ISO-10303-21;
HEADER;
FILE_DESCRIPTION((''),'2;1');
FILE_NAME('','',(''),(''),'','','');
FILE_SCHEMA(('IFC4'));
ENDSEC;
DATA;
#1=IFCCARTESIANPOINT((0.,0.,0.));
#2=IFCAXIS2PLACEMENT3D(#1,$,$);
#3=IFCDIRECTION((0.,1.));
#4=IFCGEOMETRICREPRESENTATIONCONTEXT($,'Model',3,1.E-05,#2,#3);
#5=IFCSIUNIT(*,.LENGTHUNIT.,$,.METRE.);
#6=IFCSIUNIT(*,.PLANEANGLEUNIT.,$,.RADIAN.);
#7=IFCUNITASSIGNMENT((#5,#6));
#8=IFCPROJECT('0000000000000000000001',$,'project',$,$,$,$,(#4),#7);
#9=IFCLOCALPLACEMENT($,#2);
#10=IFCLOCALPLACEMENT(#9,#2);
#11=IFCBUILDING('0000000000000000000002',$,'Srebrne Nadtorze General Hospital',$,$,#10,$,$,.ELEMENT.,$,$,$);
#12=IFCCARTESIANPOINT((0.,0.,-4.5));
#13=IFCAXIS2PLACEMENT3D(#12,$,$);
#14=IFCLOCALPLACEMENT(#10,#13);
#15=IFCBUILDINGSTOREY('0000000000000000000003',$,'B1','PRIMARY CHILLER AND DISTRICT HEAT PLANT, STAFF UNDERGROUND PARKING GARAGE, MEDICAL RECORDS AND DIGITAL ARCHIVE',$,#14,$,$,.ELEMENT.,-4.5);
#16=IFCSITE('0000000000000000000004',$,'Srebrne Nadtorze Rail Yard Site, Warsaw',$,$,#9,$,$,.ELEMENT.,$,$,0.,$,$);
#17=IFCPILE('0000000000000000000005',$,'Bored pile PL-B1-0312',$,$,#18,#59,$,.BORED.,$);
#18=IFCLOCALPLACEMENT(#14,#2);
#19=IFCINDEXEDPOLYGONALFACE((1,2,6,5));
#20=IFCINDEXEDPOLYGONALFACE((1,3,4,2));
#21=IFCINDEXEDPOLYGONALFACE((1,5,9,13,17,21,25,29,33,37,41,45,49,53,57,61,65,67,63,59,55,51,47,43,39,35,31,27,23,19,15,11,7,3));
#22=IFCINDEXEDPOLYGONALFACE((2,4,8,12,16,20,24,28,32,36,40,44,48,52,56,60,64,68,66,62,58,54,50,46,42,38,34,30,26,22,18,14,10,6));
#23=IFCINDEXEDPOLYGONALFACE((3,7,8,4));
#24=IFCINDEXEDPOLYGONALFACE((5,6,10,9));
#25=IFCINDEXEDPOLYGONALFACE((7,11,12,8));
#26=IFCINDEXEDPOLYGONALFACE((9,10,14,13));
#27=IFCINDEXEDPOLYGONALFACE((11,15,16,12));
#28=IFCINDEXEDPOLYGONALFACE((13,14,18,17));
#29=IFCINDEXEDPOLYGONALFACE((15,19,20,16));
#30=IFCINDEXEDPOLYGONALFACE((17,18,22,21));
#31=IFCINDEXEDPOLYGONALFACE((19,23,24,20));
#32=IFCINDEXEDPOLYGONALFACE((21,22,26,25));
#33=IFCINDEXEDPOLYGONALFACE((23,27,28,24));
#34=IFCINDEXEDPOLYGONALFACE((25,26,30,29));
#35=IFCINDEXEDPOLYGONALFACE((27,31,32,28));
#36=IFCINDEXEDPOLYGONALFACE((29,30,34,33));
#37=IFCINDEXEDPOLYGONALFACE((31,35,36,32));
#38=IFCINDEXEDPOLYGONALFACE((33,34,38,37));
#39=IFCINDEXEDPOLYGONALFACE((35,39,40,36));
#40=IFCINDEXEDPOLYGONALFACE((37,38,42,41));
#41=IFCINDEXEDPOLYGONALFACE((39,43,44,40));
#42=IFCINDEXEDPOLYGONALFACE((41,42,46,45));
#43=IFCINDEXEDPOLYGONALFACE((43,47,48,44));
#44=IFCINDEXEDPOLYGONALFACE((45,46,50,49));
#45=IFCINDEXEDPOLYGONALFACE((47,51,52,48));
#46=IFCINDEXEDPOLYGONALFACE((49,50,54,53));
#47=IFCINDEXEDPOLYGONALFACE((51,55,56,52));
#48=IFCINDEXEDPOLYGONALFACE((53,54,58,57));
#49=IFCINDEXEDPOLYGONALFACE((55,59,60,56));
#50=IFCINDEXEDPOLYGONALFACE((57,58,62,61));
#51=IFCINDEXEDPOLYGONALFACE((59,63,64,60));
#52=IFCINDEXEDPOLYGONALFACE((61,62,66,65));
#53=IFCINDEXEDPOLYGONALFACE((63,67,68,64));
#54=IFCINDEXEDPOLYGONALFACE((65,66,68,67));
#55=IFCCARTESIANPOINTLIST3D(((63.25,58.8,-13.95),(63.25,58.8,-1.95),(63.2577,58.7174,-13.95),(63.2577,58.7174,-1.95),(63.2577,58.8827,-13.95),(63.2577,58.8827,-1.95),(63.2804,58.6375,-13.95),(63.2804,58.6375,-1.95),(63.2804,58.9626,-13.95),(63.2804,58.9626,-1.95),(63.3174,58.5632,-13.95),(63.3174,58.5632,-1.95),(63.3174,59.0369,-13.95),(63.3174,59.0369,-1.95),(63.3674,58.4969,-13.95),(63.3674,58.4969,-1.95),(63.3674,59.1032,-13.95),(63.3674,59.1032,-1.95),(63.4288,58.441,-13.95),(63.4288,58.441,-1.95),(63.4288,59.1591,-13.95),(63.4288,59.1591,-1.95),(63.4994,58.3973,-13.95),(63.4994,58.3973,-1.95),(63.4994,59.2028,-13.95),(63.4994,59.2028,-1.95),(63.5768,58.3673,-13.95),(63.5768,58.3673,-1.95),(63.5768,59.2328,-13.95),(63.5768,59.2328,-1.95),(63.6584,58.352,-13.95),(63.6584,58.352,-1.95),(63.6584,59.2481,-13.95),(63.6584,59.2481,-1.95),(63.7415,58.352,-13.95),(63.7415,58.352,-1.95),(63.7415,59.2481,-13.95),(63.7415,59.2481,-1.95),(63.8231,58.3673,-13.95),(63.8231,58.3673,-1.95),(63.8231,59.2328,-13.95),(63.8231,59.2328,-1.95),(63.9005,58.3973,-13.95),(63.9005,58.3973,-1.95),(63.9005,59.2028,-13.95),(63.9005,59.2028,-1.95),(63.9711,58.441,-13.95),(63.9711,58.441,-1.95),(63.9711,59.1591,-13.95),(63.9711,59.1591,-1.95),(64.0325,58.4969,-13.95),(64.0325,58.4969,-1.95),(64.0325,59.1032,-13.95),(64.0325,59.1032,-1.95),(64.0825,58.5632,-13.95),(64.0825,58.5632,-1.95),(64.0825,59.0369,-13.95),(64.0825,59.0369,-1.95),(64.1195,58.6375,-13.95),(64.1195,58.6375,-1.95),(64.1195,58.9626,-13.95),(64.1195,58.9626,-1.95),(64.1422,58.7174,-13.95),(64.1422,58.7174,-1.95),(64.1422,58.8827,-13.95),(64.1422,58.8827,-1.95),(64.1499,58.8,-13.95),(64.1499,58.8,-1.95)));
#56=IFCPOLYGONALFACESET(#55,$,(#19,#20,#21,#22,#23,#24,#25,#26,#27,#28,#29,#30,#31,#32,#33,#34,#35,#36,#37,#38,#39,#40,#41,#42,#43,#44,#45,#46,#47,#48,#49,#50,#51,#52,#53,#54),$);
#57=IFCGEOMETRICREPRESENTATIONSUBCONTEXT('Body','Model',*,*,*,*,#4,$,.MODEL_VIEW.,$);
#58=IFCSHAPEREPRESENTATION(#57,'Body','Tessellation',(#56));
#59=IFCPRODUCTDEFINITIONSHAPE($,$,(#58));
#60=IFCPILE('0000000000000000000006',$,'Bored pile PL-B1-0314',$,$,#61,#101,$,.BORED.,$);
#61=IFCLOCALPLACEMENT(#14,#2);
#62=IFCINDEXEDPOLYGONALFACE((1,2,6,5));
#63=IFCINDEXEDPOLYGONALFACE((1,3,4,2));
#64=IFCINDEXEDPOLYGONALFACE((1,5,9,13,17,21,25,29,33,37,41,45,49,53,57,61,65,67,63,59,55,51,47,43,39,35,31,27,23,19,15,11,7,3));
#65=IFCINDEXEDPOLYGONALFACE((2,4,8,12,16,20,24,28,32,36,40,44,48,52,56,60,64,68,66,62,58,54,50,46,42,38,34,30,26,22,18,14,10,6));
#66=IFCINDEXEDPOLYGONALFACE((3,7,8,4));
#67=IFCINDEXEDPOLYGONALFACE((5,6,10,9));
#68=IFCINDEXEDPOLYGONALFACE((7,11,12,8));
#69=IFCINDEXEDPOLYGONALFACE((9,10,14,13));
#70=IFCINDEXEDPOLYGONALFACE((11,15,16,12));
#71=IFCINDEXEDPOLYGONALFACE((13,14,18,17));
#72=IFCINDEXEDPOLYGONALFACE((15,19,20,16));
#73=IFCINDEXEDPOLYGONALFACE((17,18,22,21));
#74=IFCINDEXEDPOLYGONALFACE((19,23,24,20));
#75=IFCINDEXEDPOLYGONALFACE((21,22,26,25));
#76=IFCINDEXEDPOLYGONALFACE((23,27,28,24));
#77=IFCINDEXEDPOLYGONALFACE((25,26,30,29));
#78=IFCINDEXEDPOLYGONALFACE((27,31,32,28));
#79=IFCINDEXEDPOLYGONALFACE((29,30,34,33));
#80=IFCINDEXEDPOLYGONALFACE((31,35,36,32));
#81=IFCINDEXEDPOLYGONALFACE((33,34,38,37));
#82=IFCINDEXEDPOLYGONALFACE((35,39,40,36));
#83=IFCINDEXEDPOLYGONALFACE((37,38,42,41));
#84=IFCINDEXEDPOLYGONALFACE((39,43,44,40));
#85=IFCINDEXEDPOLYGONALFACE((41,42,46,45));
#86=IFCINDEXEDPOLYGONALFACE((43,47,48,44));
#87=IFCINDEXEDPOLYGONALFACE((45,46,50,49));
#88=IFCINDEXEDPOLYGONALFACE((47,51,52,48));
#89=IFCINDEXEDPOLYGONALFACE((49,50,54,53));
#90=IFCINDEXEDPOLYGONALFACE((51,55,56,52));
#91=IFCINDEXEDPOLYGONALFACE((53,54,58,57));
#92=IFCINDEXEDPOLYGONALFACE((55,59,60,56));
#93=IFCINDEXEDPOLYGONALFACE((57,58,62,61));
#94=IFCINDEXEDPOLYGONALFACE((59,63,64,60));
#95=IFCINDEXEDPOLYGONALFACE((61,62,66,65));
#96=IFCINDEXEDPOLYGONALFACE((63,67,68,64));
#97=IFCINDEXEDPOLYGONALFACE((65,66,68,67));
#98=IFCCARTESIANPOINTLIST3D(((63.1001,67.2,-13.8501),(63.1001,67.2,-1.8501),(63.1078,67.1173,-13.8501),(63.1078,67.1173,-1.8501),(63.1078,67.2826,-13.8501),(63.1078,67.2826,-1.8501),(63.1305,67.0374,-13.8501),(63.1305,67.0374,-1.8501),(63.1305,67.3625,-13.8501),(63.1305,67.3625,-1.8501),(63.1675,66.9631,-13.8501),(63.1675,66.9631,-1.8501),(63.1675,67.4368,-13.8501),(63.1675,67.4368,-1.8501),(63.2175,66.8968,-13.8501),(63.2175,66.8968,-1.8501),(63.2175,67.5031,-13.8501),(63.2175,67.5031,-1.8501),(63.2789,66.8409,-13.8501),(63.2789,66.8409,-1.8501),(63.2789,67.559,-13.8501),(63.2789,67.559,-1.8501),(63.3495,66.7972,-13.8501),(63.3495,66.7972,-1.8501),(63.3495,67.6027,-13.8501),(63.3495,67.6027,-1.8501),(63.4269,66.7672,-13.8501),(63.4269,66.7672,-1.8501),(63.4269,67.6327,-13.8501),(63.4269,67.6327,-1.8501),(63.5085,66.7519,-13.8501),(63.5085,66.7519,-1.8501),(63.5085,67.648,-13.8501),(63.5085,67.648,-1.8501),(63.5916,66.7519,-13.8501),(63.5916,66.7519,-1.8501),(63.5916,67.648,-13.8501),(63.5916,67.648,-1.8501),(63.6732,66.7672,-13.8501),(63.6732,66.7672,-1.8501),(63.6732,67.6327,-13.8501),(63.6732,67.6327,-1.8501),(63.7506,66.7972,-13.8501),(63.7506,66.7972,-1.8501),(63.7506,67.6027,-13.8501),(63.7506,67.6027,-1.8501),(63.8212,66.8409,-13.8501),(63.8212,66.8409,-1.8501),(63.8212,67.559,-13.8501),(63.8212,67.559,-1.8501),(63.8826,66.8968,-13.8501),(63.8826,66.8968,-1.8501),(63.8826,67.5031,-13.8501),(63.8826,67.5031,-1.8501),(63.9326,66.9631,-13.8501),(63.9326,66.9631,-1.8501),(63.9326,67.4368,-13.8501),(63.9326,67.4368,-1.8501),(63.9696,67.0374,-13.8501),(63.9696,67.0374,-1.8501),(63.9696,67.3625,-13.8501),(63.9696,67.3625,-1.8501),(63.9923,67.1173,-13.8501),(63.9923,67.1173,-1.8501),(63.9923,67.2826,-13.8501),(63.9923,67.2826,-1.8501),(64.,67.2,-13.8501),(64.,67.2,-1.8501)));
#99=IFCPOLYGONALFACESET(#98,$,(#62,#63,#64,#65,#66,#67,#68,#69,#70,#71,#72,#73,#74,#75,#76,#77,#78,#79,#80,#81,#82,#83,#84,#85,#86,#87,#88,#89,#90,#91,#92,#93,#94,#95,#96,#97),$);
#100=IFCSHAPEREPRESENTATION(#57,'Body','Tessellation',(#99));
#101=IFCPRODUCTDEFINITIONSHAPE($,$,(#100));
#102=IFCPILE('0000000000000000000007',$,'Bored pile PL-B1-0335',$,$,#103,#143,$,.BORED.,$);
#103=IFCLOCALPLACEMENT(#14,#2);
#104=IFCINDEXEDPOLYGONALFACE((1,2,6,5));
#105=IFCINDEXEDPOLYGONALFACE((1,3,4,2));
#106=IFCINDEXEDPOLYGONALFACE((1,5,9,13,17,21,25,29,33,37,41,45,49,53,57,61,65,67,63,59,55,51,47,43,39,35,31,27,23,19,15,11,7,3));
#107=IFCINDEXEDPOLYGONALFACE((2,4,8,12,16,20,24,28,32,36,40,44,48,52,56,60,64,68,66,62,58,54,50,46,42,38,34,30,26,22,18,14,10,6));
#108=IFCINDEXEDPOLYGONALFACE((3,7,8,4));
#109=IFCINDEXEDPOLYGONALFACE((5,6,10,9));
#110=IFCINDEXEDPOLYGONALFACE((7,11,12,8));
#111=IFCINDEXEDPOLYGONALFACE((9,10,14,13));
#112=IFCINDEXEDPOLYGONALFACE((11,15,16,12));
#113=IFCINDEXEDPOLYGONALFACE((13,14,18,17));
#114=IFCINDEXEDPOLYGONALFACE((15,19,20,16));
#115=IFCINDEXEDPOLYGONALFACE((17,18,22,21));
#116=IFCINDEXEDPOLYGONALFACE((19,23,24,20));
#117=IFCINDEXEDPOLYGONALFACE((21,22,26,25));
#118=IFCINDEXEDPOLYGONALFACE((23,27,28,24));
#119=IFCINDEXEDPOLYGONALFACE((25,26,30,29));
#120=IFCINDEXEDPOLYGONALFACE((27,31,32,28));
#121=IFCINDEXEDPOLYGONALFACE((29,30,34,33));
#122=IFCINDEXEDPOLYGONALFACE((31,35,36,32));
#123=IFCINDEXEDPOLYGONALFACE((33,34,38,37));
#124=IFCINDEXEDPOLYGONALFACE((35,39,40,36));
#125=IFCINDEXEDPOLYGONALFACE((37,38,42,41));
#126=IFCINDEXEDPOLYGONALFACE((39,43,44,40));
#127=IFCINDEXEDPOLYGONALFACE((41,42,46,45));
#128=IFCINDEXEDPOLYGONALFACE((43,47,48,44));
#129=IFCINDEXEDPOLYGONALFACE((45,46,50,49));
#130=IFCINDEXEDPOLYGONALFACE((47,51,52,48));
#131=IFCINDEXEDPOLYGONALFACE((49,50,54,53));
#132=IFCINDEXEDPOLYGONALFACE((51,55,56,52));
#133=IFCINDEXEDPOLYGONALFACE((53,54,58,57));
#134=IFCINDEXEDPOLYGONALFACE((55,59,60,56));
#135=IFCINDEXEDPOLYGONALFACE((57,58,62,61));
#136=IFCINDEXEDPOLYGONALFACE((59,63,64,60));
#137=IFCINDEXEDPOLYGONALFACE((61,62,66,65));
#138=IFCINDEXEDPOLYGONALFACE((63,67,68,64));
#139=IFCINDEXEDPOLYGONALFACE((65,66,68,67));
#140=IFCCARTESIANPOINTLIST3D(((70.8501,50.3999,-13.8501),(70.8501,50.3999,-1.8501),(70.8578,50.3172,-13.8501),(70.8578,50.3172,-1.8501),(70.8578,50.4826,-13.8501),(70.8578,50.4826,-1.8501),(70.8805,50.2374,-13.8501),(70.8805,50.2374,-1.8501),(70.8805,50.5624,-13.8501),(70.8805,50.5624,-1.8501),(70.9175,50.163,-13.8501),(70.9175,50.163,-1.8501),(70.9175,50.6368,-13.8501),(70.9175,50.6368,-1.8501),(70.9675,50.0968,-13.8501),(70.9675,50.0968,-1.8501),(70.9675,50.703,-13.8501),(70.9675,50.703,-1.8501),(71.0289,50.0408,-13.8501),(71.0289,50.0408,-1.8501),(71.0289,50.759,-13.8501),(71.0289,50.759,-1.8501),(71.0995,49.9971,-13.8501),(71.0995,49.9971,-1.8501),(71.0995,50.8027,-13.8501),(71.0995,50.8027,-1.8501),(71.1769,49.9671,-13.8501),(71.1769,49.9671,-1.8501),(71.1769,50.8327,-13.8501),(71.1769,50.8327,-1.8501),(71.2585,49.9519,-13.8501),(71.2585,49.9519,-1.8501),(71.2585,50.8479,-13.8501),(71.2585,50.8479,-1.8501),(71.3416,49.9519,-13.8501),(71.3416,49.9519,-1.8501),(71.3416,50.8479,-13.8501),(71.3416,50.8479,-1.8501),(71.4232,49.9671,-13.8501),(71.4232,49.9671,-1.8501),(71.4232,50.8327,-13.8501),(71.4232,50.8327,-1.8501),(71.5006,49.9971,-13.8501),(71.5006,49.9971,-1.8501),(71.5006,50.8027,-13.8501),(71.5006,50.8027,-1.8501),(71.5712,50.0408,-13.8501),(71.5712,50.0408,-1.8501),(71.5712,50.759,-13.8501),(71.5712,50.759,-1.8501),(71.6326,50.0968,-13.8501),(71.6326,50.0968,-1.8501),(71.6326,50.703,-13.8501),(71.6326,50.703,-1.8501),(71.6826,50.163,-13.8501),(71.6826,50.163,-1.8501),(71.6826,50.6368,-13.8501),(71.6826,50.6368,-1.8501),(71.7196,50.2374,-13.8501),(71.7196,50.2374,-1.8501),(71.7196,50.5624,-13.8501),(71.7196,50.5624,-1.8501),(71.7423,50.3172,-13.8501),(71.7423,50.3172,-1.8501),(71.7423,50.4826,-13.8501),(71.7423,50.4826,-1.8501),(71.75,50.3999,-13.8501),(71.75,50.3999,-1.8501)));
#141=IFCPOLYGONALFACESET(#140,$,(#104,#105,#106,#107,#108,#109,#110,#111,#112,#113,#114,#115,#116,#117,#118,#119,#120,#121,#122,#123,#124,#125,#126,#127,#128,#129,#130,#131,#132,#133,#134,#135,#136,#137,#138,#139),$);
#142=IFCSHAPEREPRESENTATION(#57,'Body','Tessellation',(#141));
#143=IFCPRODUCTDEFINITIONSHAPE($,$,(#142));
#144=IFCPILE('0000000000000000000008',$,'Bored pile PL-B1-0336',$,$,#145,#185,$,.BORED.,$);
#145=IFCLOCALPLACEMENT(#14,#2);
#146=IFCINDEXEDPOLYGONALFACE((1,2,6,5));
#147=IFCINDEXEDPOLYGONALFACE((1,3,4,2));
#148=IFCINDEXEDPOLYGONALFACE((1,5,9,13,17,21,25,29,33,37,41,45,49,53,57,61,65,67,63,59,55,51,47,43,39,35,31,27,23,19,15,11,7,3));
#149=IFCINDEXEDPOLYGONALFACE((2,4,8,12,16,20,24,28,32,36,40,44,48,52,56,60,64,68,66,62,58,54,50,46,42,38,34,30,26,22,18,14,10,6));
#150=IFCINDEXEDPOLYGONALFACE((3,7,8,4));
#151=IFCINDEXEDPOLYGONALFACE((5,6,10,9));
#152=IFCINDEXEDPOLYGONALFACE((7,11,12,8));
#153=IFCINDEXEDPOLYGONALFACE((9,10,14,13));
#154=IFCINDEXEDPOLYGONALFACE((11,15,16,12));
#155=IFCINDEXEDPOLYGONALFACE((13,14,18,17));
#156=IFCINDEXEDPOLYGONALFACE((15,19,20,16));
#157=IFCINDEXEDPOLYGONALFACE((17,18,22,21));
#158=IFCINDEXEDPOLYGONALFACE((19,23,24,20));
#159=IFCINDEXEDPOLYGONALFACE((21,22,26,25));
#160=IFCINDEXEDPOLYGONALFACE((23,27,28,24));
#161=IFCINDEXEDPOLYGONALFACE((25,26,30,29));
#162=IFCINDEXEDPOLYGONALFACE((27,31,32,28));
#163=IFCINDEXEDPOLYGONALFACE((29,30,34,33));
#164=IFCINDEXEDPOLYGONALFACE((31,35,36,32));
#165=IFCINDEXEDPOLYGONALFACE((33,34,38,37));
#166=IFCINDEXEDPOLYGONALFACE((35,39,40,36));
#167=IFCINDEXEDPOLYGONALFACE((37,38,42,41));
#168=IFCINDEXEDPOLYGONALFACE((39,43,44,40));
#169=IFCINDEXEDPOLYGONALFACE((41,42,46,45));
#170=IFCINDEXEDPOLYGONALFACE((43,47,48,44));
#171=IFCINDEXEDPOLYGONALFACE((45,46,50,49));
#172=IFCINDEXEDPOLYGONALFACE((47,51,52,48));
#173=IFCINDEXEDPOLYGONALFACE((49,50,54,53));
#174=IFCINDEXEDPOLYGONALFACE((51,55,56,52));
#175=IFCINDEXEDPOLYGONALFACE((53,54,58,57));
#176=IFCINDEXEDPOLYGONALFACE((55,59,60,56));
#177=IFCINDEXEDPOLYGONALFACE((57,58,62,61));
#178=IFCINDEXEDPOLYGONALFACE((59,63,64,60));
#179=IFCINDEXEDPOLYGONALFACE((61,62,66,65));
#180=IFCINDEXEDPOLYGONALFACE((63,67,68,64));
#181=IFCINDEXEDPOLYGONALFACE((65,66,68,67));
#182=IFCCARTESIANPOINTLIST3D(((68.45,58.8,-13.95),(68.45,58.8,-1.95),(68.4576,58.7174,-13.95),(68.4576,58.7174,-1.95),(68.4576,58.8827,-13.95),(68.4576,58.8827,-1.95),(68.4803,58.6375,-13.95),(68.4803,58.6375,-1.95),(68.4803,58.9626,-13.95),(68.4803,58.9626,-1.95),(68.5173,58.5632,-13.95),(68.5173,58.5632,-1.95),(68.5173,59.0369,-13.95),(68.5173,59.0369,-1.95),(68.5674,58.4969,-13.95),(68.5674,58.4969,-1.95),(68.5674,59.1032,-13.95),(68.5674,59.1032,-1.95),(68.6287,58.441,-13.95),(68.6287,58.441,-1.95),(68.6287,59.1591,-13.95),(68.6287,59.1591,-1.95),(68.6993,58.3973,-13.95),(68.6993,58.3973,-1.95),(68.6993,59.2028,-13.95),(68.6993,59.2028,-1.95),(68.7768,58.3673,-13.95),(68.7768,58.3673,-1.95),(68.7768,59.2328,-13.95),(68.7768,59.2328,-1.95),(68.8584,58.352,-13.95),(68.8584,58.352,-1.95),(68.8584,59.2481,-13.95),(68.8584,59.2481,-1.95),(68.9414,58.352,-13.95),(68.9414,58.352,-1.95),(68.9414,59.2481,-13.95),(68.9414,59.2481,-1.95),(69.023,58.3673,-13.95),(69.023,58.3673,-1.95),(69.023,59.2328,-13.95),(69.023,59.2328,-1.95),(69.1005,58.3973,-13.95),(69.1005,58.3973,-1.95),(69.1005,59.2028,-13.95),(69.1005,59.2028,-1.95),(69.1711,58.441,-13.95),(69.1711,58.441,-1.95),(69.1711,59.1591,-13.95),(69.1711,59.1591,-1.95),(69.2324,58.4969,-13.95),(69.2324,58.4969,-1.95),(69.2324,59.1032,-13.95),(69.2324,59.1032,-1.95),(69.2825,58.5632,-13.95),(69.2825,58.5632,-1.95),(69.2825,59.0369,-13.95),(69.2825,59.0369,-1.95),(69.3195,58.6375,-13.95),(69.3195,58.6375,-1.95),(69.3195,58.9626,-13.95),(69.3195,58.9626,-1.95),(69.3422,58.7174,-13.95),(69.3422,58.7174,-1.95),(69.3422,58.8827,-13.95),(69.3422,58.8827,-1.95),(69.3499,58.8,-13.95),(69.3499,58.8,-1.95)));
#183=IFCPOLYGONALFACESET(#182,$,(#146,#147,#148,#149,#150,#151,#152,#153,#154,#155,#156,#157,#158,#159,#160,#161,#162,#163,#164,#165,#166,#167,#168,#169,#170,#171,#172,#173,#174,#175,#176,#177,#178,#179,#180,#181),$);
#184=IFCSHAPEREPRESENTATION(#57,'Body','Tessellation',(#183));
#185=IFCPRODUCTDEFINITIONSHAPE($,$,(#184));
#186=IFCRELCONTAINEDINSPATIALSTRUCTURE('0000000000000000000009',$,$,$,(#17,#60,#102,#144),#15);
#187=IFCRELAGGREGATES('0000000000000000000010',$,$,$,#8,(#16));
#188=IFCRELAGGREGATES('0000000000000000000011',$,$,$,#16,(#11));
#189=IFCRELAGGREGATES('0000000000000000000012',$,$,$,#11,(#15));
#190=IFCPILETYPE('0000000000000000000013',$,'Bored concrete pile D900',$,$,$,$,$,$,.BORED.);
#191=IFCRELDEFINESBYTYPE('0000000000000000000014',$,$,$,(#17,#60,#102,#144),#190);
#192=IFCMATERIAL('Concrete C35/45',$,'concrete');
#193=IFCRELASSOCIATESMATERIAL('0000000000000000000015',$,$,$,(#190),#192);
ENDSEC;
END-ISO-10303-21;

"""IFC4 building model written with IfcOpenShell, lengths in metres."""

from ifc_helpers import new_model, si_unit, direction, frame, origin, origin_2d, place, context, subcontext, project, spatial, circle, extrude, material, material_profile, profile_set, type_object, element, save


model = new_model("IFC4")

# Units and contexts
model_context = context("Model", 3, precision=1e-05, world=origin(), true_north=direction((0.0, 1.0)))
body_context = subcontext(model_context, "Body", "Model", "MODEL_VIEW")
ifc_project = project(units=[si_unit("LENGTHUNIT", "METRE"), si_unit("PLANEANGLEUNIT", "RADIAN")], contexts=[model_context])

# Site, building, storey
site_placement = place(None, origin())
site = spatial("IfcSite", under=ifc_project, at=site_placement, Name="Srebrne Nadtorze Rail Yard Site, Warsaw", CompositionType="ELEMENT", RefElevation=0.0)
building_placement = place(site_placement, origin())
building = spatial("IfcBuilding", under=site, at=building_placement, Name="Srebrne Nadtorze General Hospital", CompositionType="ELEMENT")
storey_placement = place(building_placement, frame((0.0, 0.0, -4.5)))
storey = spatial("IfcBuildingStorey", under=building, at=storey_placement, Name="B1", Description="PRIMARY CHILLER AND DISTRICT HEAT PLANT, STAFF UNDERGROUND PARKING GARAGE, MEDICAL RECORDS AND DIGITAL ARCHIVE", CompositionType="ELEMENT", Elevation=-4.5)

# Piles
ifc_material_1 = material(Name="Concrete C35/45", Category="concrete")
ifc_material_profile_1 = material_profile(ifc_material_1, circle(Radius=0.45, at=origin_2d()), Name="PILE-D900")
ifc_profile_set_1 = profile_set([ifc_material_profile_1], Name="Concrete C35/45")
pile_type = type_object("IfcPileType", Name="Bored concrete pile D900", PredefinedType="BORED", material=ifc_profile_set_1)
for number, where, z_axis, x_axis, name in (
    (1, (63.7, 58.8, -1.95), (0.0, 0.0, -1.0), (1.0, 0.0, 0.0), "Bored pile PL-B1-0312"),
    (2, (63.55, 67.2, -1.8501), (0.0, 0.0, -1.0), (1.0, 0.0, 0.0), "Bored pile PL-B1-0314"),
    (3, (71.3, 50.3999, -1.8501), (0.0, 0.0, -1.0), (1.0, 0.0, 0.0), "Bored pile PL-B1-0335"),
    (4, (68.8999, 58.8, -1.95), (0.0, 0.0, -1.0), (1.0, 0.0, 0.0), "Bored pile PL-B1-0336"),
):
    element("IfcPile", number, at=place(storey_placement, frame(where, z_axis=z_axis, x_axis=x_axis)), inside=storey, type_object=pile_type, Name=name, PredefinedType="BORED", context=body_context, shape_type="SweptSolid", body=[
        extrude(circle(Radius=0.45, at=origin_2d()), origin(), (0.0, 0.0, 1.0), 12.0),
    ])

save(model, "model.ifc")
